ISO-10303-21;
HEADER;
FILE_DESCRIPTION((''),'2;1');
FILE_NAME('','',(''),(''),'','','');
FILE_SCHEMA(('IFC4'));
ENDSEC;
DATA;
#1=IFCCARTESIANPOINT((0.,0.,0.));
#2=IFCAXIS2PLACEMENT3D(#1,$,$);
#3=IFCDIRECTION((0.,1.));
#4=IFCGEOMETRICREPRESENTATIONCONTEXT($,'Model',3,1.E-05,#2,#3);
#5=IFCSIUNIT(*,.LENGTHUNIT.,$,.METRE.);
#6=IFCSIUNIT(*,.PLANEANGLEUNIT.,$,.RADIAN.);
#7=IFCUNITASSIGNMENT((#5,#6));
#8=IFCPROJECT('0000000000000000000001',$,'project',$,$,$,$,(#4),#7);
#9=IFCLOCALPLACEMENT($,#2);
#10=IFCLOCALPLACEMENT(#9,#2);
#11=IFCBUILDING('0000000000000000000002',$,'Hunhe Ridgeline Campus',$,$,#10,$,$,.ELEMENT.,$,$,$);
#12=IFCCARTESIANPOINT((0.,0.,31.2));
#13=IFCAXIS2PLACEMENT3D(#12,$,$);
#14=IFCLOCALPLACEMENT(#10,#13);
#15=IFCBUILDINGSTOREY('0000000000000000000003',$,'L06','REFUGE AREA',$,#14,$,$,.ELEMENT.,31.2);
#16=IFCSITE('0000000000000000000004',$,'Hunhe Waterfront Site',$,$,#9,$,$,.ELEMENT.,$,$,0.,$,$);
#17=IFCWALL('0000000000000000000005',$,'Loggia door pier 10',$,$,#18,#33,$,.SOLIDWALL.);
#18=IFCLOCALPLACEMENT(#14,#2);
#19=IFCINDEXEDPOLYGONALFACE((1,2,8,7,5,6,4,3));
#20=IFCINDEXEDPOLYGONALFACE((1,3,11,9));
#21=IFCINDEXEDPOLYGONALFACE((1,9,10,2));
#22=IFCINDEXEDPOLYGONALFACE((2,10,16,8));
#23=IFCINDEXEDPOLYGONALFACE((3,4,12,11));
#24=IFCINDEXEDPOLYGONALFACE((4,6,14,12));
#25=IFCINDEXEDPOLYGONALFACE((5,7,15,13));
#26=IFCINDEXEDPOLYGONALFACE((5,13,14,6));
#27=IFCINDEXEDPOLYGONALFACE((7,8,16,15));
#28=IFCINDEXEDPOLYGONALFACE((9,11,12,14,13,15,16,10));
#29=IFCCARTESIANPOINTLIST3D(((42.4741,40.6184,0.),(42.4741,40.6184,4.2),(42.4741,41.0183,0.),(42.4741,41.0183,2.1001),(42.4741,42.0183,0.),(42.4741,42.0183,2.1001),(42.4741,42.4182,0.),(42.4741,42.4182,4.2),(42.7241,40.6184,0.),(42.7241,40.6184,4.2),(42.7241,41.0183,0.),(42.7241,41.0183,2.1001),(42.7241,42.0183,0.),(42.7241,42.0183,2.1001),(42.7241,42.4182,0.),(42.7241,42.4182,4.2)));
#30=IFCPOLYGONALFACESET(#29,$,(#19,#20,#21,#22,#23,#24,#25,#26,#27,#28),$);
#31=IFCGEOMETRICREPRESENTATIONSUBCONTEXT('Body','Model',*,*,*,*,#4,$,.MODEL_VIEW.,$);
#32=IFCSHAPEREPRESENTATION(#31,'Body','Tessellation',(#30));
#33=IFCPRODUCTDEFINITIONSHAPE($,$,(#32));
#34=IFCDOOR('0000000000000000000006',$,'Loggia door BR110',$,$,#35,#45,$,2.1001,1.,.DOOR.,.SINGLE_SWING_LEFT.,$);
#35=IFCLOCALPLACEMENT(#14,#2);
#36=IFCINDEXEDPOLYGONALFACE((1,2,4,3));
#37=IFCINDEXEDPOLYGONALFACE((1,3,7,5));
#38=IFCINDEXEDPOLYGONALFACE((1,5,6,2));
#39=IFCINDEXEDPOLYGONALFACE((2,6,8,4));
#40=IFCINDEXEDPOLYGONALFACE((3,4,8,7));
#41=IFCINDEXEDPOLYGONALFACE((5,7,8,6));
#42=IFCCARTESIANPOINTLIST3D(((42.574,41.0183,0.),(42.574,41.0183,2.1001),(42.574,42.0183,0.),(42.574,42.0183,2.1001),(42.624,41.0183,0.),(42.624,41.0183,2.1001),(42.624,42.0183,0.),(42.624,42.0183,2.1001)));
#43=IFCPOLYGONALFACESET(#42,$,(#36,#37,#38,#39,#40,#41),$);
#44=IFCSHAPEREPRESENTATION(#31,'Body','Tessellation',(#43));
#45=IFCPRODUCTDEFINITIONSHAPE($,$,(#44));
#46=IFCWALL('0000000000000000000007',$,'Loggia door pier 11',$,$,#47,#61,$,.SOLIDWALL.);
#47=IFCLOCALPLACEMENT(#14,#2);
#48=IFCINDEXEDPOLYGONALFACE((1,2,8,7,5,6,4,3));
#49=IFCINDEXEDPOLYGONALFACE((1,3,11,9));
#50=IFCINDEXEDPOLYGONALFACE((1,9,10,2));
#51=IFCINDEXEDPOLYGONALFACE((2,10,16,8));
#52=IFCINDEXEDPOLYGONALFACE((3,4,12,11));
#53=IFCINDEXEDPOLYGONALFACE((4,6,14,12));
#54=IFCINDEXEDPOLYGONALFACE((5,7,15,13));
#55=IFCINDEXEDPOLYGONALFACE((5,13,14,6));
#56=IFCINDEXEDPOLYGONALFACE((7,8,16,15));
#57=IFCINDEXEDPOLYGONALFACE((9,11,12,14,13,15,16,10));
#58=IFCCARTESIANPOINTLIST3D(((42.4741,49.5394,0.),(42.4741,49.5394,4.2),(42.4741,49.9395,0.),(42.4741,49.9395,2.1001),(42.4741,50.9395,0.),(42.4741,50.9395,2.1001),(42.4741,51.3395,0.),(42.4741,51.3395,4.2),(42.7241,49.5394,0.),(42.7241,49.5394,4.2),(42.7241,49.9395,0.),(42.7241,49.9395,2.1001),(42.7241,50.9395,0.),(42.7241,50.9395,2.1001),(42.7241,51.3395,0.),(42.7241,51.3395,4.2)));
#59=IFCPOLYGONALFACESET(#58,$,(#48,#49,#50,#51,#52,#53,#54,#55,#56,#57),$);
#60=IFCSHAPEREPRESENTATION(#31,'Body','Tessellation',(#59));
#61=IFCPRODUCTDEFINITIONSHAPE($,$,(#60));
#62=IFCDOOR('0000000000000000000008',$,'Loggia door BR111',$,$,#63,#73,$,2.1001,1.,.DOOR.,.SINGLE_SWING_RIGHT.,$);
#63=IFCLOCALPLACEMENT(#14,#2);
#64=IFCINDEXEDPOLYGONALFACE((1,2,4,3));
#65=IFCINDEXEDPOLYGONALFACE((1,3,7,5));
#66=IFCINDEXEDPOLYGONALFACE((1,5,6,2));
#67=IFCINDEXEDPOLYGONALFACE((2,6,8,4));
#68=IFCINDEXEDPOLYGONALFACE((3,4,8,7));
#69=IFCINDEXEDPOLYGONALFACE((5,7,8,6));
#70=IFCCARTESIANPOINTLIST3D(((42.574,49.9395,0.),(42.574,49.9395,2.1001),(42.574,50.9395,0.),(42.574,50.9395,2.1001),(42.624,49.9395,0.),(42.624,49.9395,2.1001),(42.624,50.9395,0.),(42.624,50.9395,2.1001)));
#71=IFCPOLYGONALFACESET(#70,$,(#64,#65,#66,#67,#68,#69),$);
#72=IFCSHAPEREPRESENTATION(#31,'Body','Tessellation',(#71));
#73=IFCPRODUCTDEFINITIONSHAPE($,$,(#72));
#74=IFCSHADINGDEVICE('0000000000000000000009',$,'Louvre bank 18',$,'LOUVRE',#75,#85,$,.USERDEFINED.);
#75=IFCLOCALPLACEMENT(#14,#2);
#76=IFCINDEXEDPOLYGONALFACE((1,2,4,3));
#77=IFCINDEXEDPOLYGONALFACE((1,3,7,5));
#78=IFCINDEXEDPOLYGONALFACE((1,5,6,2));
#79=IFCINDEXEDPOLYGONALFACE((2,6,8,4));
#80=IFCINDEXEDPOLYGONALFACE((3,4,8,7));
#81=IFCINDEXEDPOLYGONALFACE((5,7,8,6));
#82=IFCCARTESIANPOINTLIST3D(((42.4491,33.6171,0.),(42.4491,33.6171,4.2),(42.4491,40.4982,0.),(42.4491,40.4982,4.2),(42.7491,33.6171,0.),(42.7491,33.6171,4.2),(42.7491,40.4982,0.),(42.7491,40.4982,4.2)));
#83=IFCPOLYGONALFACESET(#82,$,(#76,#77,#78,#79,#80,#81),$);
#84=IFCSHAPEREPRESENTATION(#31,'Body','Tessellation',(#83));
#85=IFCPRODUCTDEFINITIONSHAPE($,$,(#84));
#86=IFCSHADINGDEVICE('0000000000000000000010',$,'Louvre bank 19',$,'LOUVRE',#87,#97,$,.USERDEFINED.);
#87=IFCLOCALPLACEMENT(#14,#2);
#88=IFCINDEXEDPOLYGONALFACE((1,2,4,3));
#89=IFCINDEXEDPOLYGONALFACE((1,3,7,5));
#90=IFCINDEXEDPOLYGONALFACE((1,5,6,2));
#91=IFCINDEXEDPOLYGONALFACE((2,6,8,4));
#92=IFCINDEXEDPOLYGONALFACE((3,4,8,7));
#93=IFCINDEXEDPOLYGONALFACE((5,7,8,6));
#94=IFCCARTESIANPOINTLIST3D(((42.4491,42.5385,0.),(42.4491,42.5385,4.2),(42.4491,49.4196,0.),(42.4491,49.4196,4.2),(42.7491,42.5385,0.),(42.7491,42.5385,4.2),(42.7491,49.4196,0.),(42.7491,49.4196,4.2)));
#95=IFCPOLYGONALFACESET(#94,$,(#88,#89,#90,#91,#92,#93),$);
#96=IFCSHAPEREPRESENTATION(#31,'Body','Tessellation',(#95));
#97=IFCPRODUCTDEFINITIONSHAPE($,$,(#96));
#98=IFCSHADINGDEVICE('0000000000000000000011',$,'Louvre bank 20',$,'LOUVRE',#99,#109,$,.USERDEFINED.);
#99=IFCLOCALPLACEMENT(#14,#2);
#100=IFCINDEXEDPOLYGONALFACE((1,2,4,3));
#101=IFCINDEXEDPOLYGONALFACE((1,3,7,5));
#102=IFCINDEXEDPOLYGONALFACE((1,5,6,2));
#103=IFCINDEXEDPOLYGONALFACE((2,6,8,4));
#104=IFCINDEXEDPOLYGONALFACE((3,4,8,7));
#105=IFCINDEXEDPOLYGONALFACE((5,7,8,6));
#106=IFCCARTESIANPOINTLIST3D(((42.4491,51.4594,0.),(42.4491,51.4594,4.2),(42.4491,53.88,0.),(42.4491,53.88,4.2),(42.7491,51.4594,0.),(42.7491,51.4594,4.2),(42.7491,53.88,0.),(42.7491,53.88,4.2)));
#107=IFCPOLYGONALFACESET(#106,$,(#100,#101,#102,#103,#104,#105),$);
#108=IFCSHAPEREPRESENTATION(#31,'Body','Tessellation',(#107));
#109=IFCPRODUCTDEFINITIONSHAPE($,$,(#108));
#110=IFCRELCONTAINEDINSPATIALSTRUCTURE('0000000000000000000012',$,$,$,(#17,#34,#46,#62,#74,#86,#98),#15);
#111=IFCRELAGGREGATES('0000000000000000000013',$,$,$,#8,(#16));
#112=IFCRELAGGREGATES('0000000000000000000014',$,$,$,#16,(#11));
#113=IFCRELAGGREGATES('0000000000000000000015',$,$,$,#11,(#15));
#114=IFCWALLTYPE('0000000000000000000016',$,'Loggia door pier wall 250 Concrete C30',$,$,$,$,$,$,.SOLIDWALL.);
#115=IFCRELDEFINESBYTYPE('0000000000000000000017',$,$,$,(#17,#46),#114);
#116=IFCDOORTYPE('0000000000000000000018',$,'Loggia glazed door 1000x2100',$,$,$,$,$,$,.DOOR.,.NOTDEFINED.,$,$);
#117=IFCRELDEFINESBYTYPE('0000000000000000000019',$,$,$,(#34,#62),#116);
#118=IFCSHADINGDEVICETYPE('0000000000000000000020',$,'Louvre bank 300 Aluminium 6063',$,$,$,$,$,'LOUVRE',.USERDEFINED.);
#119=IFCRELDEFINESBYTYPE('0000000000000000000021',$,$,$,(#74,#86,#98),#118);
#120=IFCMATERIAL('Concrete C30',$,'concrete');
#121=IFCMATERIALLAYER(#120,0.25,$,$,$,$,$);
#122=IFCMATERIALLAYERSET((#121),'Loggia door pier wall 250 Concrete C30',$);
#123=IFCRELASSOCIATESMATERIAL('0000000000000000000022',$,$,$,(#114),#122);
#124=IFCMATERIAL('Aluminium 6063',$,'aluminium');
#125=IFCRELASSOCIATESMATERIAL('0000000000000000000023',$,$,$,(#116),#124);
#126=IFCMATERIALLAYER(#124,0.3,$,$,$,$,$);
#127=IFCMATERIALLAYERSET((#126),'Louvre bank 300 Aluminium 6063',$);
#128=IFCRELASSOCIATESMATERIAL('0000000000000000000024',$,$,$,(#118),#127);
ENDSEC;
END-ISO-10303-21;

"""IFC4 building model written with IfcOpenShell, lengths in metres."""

from ifc_helpers import new_model, si_unit, direction, frame, frame_2d, origin, origin_2d, place, context, subcontext, project, spatial, rectangle, extrude, material, layer, layer_set, type_object, element, fill, save


model = new_model("IFC4")

# Units and contexts
model_context = context("Model", 3, precision=1e-05, world=origin(), true_north=direction((0.0, 1.0)))
body_context = subcontext(model_context, "Body", "Model", "MODEL_VIEW")
ifc_project = project(units=[si_unit("LENGTHUNIT", "METRE"), si_unit("PLANEANGLEUNIT", "RADIAN")], contexts=[model_context])

# Site, building, storey
site_placement = place(None, origin())
site = spatial("IfcSite", under=ifc_project, at=site_placement, Name="Hunhe Waterfront Site", CompositionType="ELEMENT", RefElevation=0.0)
building_placement = place(site_placement, origin())
building = spatial("IfcBuilding", under=site, at=building_placement, Name="Hunhe Ridgeline Campus", CompositionType="ELEMENT")
storey_placement = place(building_placement, frame((0.0, 0.0, 31.2)))
storey = spatial("IfcBuildingStorey", under=building, at=storey_placement, Name="L06", Description="REFUGE AREA", CompositionType="ELEMENT", Elevation=31.2)

# Shared definitions
ifc_material_1 = material(Name="Aluminium 6063", Category="aluminium")

# Walls, openings, doors
ifc_material_2 = material(Name="Concrete C30", Category="concrete")
ifc_layer_1 = layer(ifc_material_2, 0.25)
ifc_layer_set_1 = layer_set([ifc_layer_1], Name="Loggia door pier wall 250 Concrete C30")
wall_type = type_object("IfcWallType", Name="Loggia door pier wall 250 Concrete C30", PredefinedType="SOLIDWALL", material=ifc_layer_set_1)
wall_1_placement = place(storey_placement, frame((42.5991, 40.6184, 0.0), z_axis=(0.0, 0.0, 1.0), x_axis=(0.0, 1.0, 0.0)))
wall_1 = element("IfcWall", 1, at=wall_1_placement, inside=storey, type_object=wall_type, Name="Loggia door pier 10", PredefinedType="SOLIDWALL", context=body_context, shape_type="SweptSolid", body=[
    extrude(rectangle(XDim=1.7998, YDim=0.25, at=frame_2d((0.8999, 0.0))), origin(), (0.0, 0.0, 1.0), 4.2),
])
opening_1_placement = place(wall_1_placement, frame((0.3999, 0.0, 0.0)))
opening_1 = element("IfcOpeningElement", 2, at=opening_1_placement, cuts=wall_1, PredefinedType="OPENING", context=body_context, shape_type="SweptSolid", body=[
    extrude(rectangle(XDim=1.0, YDim=2.1001, at=frame_2d((0.5, 1.05))), frame((0.0, 0.125, 0.0), z_axis=(0.0, -1.0, 0.0), x_axis=(1.0, 0.0, 0.0)), (0.0, 0.0, 1.0), 0.25),
])
door_type = type_object("IfcDoorType", Name="Loggia glazed door 1000x2100", OperationType="NOTDEFINED", PredefinedType="DOOR", material=ifc_material_1)
door_1_placement = place(opening_1_placement, frame((1.0, 0.0, 0.0), z_axis=(0.0, 0.0, 1.0), x_axis=(-1.0, 0.0, 0.0)))
door_1 = element("IfcDoor", 3, at=door_1_placement, inside=storey, type_object=door_type, Name="Loggia door BR110", OperationType="SINGLE_SWING_LEFT", OverallHeight=2.1001, OverallWidth=1.0, PredefinedType="DOOR", context=body_context, shape_type="SweptSolid", body=[
    extrude(rectangle(XDim=1.0, YDim=2.1001, at=frame_2d((0.5, 1.05))), frame((0.0, 0.0249, 0.0), z_axis=(0.0, -1.0, 0.0), x_axis=(1.0, 0.0, 0.0)), (0.0, 0.0, 1.0), 0.05),
])
fill(opening_1, door_1)
wall_2_placement = place(storey_placement, frame((42.5991, 49.5396, 0.0), z_axis=(0.0, 0.0, 1.0), x_axis=(0.0, 1.0, 0.0)))
wall_2 = element("IfcWall", 4, at=wall_2_placement, inside=storey, type_object=wall_type, Name="Loggia door pier 11", PredefinedType="SOLIDWALL", context=body_context, shape_type="SweptSolid", body=[
    extrude(rectangle(XDim=1.8, YDim=0.25, at=frame_2d((0.8999, 0.0))), origin(), (0.0, 0.0, 1.0), 4.2),
])
opening_2_placement = place(wall_2_placement, frame((0.3999, 0.0, 0.0)))
opening_2 = element("IfcOpeningElement", 5, at=opening_2_placement, cuts=wall_2, PredefinedType="OPENING", context=body_context, shape_type="SweptSolid", body=[
    extrude(rectangle(XDim=1.0, YDim=2.1001, at=frame_2d((0.5, 1.05))), frame((0.0, 0.125, 0.0), z_axis=(0.0, -1.0, 0.0), x_axis=(1.0, 0.0, 0.0)), (0.0, 0.0, 1.0), 0.25),
])
door_2_placement = place(opening_2_placement, frame((1.0, 0.0, 0.0), z_axis=(0.0, 0.0, 1.0), x_axis=(-1.0, 0.0, 0.0)))
door_2 = element("IfcDoor", 6, at=door_2_placement, inside=storey, type_object=door_type, Name="Loggia door BR111", OperationType="SINGLE_SWING_RIGHT", OverallHeight=2.1001, OverallWidth=1.0, PredefinedType="DOOR", context=body_context, shape_type="SweptSolid", body=[
    extrude(rectangle(XDim=1.0, YDim=2.1001, at=frame_2d((0.5, 1.05))), frame((0.0, 0.0249, 0.0), z_axis=(0.0, -1.0, 0.0), x_axis=(1.0, 0.0, 0.0)), (0.0, 0.0, 1.0), 0.05),
])
fill(opening_2, door_2)

# Shading devices
ifc_layer_2 = layer(ifc_material_1, 0.3)
ifc_layer_set_2 = layer_set([ifc_layer_2], Name="Louvre bank 300 Aluminium 6063")
shading_device_type = type_object("IfcShadingDeviceType", Name="Louvre bank 300 Aluminium 6063", ElementType="LOUVRE", PredefinedType="USERDEFINED", material=ifc_layer_set_2)
for number, where, z_axis, x_axis, name in (
    (7, (42.5991, 37.0576, 0.0), (0.0, 0.0, 1.0), (0.0, 1.0, 0.0), "Louvre bank 18"),
    (8, (42.5991, 45.979, 0.0), (0.0, 0.0, 1.0), (0.0, 1.0, 0.0), "Louvre bank 19"),
):
    element("IfcShadingDevice", number, at=place(storey_placement, frame(where, z_axis=z_axis, x_axis=x_axis)), inside=storey, type_object=shading_device_type, Name=name, ObjectType="LOUVRE", PredefinedType="USERDEFINED", context=body_context, shape_type="SweptSolid", body=[
        extrude(rectangle(XDim=6.8811, YDim=0.3, at=origin_2d()), origin(), (0.0, 0.0, 1.0), 4.2),
    ])
shading_device_placement = place(storey_placement, frame((42.5991, 52.6697, 0.0), z_axis=(0.0, 0.0, 1.0), x_axis=(0.0, 1.0, 0.0)))
element("IfcShadingDevice", 9, at=shading_device_placement, inside=storey, type_object=shading_device_type, Name="Louvre bank 20", ObjectType="LOUVRE", PredefinedType="USERDEFINED", context=body_context, shape_type="SweptSolid", body=[
    extrude(rectangle(XDim=2.4207, YDim=0.3, at=origin_2d()), origin(), (0.0, 0.0, 1.0), 4.2),
])

save(model, "model.ifc")
